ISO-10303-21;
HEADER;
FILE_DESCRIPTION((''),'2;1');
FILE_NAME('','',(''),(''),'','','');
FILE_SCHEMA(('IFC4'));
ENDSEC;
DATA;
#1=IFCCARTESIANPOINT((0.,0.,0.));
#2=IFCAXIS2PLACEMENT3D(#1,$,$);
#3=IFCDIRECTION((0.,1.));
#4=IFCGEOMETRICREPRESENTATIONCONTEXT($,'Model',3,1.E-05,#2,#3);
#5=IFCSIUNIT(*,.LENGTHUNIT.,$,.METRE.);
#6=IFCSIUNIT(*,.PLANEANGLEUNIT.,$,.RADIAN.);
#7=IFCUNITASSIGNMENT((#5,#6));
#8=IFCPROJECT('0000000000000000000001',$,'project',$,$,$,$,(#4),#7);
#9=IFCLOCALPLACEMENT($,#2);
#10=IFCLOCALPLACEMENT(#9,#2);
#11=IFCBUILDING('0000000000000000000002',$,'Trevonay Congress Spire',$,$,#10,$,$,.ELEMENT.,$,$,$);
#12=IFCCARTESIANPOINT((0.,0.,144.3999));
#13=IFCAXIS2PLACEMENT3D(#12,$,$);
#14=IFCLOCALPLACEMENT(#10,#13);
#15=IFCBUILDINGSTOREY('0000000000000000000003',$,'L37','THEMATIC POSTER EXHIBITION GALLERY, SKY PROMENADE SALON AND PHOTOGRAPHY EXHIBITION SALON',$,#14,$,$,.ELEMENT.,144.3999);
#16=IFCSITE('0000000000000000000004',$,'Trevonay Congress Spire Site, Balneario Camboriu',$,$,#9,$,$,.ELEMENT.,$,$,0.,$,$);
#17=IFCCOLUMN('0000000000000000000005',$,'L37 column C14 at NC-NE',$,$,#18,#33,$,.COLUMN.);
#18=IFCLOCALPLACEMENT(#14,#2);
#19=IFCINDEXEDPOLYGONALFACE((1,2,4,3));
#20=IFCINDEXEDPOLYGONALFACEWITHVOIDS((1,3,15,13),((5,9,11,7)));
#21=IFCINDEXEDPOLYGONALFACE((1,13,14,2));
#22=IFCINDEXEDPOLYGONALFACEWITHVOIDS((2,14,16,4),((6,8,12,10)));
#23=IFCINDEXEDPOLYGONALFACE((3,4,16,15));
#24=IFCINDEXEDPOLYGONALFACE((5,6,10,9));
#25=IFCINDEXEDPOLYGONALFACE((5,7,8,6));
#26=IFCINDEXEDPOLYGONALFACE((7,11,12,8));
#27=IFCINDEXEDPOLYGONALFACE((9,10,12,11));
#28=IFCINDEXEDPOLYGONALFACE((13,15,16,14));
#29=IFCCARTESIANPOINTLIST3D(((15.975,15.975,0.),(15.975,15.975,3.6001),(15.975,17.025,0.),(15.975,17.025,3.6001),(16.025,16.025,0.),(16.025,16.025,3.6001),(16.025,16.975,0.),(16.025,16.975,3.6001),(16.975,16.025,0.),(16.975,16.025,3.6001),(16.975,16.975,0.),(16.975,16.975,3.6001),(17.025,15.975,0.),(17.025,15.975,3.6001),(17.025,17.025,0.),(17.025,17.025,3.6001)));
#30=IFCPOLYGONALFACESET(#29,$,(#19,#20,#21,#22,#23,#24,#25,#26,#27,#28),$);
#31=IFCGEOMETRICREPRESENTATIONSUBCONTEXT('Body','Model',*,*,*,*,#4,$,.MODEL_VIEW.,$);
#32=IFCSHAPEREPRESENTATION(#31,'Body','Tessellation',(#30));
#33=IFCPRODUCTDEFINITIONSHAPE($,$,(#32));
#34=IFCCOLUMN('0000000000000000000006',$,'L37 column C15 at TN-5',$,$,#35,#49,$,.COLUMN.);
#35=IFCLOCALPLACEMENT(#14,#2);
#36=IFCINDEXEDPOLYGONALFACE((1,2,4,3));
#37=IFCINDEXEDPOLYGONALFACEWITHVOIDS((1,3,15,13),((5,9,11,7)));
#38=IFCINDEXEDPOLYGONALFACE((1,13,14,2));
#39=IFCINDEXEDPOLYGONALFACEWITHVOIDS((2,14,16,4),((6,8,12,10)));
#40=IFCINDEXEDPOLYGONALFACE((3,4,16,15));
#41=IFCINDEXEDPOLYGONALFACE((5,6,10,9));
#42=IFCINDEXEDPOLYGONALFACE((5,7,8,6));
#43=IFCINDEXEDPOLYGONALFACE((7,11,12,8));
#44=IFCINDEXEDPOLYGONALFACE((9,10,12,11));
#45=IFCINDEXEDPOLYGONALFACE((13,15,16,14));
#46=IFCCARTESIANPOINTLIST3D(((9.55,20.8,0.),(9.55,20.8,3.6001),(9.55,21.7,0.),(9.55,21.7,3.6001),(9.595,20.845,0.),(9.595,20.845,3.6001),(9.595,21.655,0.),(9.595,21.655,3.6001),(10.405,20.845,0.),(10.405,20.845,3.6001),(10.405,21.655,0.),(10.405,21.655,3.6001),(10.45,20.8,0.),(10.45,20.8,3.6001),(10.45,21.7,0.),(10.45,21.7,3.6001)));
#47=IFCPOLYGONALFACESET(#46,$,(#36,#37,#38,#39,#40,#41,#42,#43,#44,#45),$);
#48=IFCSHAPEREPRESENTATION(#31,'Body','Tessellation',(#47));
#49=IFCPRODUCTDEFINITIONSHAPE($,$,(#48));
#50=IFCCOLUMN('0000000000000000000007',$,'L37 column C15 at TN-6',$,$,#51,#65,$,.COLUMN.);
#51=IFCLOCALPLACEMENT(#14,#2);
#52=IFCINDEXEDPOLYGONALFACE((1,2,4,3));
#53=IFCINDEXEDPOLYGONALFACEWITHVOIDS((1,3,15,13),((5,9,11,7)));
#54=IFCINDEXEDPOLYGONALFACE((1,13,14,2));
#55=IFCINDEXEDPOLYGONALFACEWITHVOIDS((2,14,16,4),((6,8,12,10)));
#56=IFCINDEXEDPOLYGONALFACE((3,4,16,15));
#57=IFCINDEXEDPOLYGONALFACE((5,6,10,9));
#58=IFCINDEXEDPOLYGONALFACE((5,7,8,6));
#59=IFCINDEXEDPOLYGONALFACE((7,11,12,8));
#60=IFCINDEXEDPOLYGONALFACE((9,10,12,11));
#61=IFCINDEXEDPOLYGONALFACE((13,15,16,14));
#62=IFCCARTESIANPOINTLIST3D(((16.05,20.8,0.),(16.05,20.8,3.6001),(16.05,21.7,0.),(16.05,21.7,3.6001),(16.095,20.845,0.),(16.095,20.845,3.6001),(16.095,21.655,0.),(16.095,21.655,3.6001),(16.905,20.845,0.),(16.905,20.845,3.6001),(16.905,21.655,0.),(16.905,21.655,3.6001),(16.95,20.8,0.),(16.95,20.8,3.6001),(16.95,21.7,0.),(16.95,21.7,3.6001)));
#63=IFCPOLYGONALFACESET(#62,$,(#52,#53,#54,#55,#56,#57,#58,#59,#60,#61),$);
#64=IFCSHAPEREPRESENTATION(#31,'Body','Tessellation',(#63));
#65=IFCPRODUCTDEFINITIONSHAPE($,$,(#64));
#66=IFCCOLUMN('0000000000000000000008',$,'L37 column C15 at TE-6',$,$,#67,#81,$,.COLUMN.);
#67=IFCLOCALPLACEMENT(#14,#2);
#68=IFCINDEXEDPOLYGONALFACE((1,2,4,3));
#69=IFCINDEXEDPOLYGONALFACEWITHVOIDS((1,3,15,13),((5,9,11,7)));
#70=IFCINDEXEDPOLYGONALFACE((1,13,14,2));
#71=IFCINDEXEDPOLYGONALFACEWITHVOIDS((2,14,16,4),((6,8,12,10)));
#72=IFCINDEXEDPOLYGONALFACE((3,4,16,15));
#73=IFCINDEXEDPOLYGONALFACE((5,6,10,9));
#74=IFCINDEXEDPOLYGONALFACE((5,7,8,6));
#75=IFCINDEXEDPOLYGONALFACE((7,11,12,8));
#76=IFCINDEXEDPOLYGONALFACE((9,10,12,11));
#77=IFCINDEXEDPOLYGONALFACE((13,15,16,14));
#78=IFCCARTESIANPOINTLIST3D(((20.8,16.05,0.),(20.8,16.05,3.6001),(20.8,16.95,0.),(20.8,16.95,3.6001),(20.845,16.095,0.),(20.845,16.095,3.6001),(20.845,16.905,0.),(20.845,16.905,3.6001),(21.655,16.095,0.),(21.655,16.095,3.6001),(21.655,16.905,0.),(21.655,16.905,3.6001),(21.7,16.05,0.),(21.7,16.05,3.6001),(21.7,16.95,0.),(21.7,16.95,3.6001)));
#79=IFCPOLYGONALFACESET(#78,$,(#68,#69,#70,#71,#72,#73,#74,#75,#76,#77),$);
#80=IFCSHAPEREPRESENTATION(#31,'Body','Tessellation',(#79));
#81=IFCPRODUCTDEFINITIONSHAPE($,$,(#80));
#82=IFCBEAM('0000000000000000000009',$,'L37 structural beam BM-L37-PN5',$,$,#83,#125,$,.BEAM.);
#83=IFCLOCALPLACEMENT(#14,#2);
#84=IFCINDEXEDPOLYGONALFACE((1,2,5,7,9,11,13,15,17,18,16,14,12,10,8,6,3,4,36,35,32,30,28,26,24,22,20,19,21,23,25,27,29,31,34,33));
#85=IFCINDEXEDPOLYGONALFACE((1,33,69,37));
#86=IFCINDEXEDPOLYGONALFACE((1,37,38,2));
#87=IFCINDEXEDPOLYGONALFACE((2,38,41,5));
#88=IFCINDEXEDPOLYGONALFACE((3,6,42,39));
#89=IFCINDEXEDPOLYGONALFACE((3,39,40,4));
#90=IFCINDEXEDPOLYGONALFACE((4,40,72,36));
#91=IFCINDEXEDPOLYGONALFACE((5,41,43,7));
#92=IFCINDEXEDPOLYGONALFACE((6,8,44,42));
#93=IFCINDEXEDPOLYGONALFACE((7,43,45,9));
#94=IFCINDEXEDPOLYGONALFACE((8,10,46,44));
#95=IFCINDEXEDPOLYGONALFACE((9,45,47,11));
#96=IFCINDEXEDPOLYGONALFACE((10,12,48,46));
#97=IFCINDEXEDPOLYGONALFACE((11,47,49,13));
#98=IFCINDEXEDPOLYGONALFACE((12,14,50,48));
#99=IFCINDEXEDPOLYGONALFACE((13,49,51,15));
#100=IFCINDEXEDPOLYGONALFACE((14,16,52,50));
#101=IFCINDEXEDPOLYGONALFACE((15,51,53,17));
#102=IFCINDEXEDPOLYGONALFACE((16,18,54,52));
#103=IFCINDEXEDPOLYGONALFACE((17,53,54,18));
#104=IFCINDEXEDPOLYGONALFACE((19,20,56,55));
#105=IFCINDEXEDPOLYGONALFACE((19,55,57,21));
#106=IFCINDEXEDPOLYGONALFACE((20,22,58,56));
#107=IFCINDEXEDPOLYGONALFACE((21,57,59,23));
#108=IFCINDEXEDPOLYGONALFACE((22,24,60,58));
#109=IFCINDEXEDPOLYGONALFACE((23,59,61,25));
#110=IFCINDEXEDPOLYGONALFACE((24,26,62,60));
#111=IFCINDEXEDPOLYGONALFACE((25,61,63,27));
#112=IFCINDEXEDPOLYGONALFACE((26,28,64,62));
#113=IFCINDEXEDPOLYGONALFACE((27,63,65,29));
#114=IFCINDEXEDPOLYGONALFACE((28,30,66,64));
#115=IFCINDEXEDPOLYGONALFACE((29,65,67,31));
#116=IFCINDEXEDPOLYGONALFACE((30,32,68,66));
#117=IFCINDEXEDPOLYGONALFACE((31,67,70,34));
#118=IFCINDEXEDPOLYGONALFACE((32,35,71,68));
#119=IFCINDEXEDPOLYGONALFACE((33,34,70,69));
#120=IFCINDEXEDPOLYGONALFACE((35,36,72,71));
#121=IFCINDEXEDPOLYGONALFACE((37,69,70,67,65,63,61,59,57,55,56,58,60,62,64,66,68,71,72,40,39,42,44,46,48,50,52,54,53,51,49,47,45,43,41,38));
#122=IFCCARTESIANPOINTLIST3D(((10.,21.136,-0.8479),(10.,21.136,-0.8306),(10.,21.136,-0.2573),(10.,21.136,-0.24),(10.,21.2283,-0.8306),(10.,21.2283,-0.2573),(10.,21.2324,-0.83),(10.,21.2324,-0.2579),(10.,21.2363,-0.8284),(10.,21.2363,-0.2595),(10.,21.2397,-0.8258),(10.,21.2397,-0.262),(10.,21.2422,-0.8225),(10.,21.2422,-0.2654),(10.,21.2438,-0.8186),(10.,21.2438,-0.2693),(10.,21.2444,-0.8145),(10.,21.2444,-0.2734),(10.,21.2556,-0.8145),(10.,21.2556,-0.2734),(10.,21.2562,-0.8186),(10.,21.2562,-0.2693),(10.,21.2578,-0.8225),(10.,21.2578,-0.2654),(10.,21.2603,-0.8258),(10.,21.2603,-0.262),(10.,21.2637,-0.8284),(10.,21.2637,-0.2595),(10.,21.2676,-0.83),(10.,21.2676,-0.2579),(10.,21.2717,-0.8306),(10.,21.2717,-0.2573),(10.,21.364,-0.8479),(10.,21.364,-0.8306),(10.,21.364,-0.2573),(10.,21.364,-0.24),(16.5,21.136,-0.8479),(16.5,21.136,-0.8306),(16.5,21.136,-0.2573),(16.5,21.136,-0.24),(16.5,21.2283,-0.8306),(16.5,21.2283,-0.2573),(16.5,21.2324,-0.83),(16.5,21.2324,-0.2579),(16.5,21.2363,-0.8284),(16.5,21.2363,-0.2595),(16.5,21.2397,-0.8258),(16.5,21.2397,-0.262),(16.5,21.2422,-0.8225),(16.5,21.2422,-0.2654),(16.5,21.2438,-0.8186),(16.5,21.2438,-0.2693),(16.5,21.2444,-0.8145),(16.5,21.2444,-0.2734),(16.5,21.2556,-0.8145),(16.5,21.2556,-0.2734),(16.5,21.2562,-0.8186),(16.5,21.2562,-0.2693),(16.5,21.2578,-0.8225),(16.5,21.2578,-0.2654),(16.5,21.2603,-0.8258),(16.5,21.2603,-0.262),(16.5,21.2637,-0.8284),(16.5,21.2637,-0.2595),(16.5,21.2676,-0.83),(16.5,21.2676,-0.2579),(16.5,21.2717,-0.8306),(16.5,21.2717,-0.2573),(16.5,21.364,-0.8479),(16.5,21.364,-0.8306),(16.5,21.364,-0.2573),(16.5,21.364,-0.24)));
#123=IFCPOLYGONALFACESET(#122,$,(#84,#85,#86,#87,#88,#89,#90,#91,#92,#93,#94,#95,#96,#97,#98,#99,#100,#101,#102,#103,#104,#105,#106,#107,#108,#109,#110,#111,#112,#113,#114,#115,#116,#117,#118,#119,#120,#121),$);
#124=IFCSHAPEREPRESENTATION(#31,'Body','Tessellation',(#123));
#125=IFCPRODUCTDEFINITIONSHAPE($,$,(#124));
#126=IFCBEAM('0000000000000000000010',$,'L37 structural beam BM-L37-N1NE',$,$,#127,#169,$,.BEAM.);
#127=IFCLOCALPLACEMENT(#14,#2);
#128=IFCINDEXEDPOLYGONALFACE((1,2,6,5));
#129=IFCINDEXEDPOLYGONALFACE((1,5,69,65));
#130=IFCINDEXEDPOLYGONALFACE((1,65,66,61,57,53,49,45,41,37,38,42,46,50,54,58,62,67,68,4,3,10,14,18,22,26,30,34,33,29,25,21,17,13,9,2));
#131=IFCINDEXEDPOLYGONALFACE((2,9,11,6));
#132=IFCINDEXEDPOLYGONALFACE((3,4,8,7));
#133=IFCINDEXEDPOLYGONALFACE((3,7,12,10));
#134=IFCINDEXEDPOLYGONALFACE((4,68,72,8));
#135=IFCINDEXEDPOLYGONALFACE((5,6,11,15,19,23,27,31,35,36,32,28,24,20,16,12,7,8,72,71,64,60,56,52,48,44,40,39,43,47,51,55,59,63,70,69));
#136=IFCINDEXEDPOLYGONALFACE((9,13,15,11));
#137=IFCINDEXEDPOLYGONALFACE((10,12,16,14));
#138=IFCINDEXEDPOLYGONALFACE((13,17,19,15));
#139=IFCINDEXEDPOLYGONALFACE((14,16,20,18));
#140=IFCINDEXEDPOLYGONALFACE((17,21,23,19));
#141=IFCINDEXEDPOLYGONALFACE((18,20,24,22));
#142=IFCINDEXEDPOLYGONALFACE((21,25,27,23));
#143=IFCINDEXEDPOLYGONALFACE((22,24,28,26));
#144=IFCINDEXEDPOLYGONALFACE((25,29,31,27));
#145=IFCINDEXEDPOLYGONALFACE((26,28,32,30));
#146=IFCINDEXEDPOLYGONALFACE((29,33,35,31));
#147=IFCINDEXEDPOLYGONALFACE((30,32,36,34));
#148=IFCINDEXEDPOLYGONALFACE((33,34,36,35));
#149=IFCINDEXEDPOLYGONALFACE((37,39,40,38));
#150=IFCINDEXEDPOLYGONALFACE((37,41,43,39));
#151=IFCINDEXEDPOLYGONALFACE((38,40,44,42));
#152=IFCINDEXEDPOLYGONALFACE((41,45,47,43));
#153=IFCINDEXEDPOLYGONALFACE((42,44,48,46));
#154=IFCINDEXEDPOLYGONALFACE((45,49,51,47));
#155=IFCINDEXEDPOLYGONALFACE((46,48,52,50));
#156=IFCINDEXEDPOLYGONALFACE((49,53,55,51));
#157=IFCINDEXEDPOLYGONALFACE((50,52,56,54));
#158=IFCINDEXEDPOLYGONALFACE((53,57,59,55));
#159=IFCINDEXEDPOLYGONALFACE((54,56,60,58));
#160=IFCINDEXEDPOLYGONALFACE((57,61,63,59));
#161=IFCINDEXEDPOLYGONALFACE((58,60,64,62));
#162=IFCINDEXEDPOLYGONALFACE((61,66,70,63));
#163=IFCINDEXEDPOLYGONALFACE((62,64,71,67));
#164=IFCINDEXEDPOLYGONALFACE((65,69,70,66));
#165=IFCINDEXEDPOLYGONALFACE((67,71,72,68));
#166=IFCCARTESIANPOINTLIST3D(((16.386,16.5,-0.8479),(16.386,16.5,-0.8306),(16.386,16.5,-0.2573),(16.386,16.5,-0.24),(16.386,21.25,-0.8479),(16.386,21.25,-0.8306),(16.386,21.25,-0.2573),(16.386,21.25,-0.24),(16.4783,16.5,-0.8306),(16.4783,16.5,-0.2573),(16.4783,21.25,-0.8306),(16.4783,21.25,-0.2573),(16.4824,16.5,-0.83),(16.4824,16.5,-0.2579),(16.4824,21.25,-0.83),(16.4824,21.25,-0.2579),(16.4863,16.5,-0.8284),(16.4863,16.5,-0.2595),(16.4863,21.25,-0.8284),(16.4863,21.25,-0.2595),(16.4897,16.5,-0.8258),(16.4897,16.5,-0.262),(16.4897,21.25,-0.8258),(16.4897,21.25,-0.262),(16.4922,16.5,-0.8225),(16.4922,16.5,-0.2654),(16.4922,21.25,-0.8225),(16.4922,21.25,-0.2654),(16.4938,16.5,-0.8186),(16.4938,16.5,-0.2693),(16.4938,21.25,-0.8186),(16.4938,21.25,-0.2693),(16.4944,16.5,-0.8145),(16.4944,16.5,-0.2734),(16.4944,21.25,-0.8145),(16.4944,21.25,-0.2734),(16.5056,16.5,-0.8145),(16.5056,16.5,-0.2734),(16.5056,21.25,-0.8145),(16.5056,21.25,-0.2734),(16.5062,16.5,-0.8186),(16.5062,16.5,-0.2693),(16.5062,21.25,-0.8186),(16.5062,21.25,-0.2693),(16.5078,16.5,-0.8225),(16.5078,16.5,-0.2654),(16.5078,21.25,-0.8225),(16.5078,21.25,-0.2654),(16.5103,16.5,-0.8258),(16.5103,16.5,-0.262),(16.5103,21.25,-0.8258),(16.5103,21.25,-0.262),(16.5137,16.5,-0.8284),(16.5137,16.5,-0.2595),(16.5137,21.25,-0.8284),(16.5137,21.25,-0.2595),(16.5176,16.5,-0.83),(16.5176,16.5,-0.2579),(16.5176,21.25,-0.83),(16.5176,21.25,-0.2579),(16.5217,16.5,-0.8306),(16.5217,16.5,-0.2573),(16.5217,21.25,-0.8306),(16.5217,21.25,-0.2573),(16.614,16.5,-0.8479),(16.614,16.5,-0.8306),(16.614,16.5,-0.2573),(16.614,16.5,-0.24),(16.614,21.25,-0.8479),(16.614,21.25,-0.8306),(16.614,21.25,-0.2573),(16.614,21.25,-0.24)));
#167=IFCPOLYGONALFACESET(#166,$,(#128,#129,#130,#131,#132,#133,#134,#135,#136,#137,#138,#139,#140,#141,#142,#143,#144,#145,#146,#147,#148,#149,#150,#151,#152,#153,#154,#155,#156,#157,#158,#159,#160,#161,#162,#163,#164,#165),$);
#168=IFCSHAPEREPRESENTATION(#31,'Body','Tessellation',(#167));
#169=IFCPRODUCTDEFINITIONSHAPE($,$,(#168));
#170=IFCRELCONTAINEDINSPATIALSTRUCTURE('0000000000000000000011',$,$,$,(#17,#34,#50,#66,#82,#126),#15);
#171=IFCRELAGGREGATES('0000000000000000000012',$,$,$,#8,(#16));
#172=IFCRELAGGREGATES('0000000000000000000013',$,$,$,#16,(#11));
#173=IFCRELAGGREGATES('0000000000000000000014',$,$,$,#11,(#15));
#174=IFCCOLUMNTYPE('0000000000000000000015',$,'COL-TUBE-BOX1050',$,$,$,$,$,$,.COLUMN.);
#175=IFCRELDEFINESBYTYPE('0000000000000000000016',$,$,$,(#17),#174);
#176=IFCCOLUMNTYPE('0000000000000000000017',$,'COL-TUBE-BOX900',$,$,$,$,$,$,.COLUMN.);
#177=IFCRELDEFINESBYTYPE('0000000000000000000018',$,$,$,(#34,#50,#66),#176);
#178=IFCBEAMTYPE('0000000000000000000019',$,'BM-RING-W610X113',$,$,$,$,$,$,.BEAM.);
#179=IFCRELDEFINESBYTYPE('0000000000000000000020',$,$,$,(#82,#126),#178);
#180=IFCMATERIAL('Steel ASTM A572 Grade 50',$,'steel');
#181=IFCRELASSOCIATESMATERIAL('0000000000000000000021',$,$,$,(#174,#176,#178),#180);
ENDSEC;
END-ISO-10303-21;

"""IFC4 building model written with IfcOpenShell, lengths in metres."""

from ifc_helpers import new_model, si_unit, direction, frame, origin, origin_2d, place, context, subcontext, project, spatial, hollow_rectangle, i_section, extrude, material, material_profile, profile_set, type_object, element, save


model = new_model("IFC4")

# Units and contexts
model_context = context("Model", 3, precision=1e-05, world=origin(), true_north=direction((0.0, 1.0)))
body_context = subcontext(model_context, "Body", "Model", "MODEL_VIEW")
ifc_project = project(units=[si_unit("LENGTHUNIT", "METRE"), si_unit("PLANEANGLEUNIT", "RADIAN")], contexts=[model_context])

# Site, building, storey
site_placement = place(None, origin())
site = spatial("IfcSite", under=ifc_project, at=site_placement, Name="Trevonay Congress Spire Site, Balneario Camboriu", CompositionType="ELEMENT", RefElevation=0.0)
building_placement = place(site_placement, origin())
building = spatial("IfcBuilding", under=site, at=building_placement, Name="Trevonay Congress Spire", CompositionType="ELEMENT")
storey_placement = place(building_placement, frame((0.0, 0.0, 144.3999)))
storey = spatial("IfcBuildingStorey", under=building, at=storey_placement, Name="L37", Description="THEMATIC POSTER EXHIBITION GALLERY, SKY PROMENADE SALON AND PHOTOGRAPHY EXHIBITION SALON", CompositionType="ELEMENT", Elevation=144.3999)

# Columns
ifc_material_1 = material(Name="Steel ASTM A572 Grade 50", Category="steel")
ifc_material_profile_1 = material_profile(ifc_material_1, hollow_rectangle(XDim=1.05, YDim=1.05, WallThickness=0.05, at=origin_2d()), Name="BOX 1050x1050x50")
ifc_profile_set_1 = profile_set([ifc_material_profile_1], Name="Steel ASTM A572 Grade 50")
column_type_1 = type_object("IfcColumnType", Name="COL-TUBE-BOX1050", PredefinedType="COLUMN", material=ifc_profile_set_1)
column_placement = place(storey_placement, frame((16.5, 16.5, 0.0), z_axis=(0.0, 0.0, 1.0), x_axis=(1.0, 0.0, 0.0)))
element("IfcColumn", 1, at=column_placement, inside=storey, type_object=column_type_1, Name="L37 column C14 at NC-NE", PredefinedType="COLUMN", context=body_context, shape_type="SweptSolid", body=[
    extrude(hollow_rectangle(XDim=1.05, YDim=1.05, WallThickness=0.05, at=origin_2d()), origin(), (0.0, 0.0, 1.0), 3.6001),
])
ifc_material_profile_2 = material_profile(ifc_material_1, hollow_rectangle(XDim=0.8999, YDim=0.8999, WallThickness=0.0449, at=origin_2d()), Name="BOX 900x900x45")
ifc_profile_set_2 = profile_set([ifc_material_profile_2], Name="Steel ASTM A572 Grade 50")
column_type_2 = type_object("IfcColumnType", Name="COL-TUBE-BOX900", PredefinedType="COLUMN", material=ifc_profile_set_2)
for number, where, z_axis, x_axis, name in (
    (2, (10.0, 21.25, 0.0), (0.0, 0.0, 1.0), (1.0, 0.0, 0.0), "L37 column C15 at TN-5"),
    (3, (16.5, 21.25, 0.0), (0.0, 0.0, 1.0), (1.0, 0.0, 0.0), "L37 column C15 at TN-6"),
    (4, (21.25, 16.5, 0.0), (0.0, 0.0, 1.0), (1.0, 0.0, 0.0), "L37 column C15 at TE-6"),
):
    element("IfcColumn", number, at=place(storey_placement, frame(where, z_axis=z_axis, x_axis=x_axis)), inside=storey, type_object=column_type_2, Name=name, PredefinedType="COLUMN", context=body_context, shape_type="SweptSolid", body=[
        extrude(hollow_rectangle(XDim=0.8999, YDim=0.8999, WallThickness=0.0449, at=origin_2d()), origin(), (0.0, 0.0, 1.0), 3.6001),
    ])

# Beams
ifc_material_profile_3 = material_profile(ifc_material_1, i_section(OverallWidth=0.228, OverallDepth=0.6079, WebThickness=0.0112, FlangeThickness=0.0173, FilletRadius=0.0161, at=origin_2d()), Name="W610x113")
ifc_profile_set_3 = profile_set([ifc_material_profile_3], Name="Steel ASTM A572 Grade 50")
beam_type = type_object("IfcBeamType", Name="BM-RING-W610X113", PredefinedType="BEAM", material=ifc_profile_set_3)
beam_placement = place(storey_placement, frame((10.0, 21.25, -0.5439), z_axis=(1.0, 0.0, 0.0), x_axis=(0.0, 1.0, 0.0)))
element("IfcBeam", 5, at=beam_placement, inside=storey, type_object=beam_type, Name="L37 structural beam BM-L37-PN5", PredefinedType="BEAM", context=body_context, shape_type="SweptSolid", body=[
    extrude(i_section(OverallWidth=0.228, OverallDepth=0.6079, WebThickness=0.0112, FlangeThickness=0.0173, FilletRadius=0.0161, at=origin_2d()), origin(), (0.0, 0.0, 1.0), 6.5),
])
for number, where, z_axis, x_axis, name in (
    (6, (16.5, 21.25, -0.5439), (0.0, -1.0, 0.0), (1.0, 0.0, 0.0), "L37 structural beam BM-L37-N1NE"),
):
    element("IfcBeam", number, at=place(storey_placement, frame(where, z_axis=z_axis, x_axis=x_axis)), inside=storey, type_object=beam_type, Name=name, PredefinedType="BEAM", context=body_context, shape_type="SweptSolid", body=[
        extrude(i_section(OverallWidth=0.228, OverallDepth=0.6079, WebThickness=0.0112, FlangeThickness=0.0173, FilletRadius=0.0161, at=origin_2d()), origin(), (0.0, 0.0, 1.0), 4.75),
    ])

save(model, "model.ifc")
